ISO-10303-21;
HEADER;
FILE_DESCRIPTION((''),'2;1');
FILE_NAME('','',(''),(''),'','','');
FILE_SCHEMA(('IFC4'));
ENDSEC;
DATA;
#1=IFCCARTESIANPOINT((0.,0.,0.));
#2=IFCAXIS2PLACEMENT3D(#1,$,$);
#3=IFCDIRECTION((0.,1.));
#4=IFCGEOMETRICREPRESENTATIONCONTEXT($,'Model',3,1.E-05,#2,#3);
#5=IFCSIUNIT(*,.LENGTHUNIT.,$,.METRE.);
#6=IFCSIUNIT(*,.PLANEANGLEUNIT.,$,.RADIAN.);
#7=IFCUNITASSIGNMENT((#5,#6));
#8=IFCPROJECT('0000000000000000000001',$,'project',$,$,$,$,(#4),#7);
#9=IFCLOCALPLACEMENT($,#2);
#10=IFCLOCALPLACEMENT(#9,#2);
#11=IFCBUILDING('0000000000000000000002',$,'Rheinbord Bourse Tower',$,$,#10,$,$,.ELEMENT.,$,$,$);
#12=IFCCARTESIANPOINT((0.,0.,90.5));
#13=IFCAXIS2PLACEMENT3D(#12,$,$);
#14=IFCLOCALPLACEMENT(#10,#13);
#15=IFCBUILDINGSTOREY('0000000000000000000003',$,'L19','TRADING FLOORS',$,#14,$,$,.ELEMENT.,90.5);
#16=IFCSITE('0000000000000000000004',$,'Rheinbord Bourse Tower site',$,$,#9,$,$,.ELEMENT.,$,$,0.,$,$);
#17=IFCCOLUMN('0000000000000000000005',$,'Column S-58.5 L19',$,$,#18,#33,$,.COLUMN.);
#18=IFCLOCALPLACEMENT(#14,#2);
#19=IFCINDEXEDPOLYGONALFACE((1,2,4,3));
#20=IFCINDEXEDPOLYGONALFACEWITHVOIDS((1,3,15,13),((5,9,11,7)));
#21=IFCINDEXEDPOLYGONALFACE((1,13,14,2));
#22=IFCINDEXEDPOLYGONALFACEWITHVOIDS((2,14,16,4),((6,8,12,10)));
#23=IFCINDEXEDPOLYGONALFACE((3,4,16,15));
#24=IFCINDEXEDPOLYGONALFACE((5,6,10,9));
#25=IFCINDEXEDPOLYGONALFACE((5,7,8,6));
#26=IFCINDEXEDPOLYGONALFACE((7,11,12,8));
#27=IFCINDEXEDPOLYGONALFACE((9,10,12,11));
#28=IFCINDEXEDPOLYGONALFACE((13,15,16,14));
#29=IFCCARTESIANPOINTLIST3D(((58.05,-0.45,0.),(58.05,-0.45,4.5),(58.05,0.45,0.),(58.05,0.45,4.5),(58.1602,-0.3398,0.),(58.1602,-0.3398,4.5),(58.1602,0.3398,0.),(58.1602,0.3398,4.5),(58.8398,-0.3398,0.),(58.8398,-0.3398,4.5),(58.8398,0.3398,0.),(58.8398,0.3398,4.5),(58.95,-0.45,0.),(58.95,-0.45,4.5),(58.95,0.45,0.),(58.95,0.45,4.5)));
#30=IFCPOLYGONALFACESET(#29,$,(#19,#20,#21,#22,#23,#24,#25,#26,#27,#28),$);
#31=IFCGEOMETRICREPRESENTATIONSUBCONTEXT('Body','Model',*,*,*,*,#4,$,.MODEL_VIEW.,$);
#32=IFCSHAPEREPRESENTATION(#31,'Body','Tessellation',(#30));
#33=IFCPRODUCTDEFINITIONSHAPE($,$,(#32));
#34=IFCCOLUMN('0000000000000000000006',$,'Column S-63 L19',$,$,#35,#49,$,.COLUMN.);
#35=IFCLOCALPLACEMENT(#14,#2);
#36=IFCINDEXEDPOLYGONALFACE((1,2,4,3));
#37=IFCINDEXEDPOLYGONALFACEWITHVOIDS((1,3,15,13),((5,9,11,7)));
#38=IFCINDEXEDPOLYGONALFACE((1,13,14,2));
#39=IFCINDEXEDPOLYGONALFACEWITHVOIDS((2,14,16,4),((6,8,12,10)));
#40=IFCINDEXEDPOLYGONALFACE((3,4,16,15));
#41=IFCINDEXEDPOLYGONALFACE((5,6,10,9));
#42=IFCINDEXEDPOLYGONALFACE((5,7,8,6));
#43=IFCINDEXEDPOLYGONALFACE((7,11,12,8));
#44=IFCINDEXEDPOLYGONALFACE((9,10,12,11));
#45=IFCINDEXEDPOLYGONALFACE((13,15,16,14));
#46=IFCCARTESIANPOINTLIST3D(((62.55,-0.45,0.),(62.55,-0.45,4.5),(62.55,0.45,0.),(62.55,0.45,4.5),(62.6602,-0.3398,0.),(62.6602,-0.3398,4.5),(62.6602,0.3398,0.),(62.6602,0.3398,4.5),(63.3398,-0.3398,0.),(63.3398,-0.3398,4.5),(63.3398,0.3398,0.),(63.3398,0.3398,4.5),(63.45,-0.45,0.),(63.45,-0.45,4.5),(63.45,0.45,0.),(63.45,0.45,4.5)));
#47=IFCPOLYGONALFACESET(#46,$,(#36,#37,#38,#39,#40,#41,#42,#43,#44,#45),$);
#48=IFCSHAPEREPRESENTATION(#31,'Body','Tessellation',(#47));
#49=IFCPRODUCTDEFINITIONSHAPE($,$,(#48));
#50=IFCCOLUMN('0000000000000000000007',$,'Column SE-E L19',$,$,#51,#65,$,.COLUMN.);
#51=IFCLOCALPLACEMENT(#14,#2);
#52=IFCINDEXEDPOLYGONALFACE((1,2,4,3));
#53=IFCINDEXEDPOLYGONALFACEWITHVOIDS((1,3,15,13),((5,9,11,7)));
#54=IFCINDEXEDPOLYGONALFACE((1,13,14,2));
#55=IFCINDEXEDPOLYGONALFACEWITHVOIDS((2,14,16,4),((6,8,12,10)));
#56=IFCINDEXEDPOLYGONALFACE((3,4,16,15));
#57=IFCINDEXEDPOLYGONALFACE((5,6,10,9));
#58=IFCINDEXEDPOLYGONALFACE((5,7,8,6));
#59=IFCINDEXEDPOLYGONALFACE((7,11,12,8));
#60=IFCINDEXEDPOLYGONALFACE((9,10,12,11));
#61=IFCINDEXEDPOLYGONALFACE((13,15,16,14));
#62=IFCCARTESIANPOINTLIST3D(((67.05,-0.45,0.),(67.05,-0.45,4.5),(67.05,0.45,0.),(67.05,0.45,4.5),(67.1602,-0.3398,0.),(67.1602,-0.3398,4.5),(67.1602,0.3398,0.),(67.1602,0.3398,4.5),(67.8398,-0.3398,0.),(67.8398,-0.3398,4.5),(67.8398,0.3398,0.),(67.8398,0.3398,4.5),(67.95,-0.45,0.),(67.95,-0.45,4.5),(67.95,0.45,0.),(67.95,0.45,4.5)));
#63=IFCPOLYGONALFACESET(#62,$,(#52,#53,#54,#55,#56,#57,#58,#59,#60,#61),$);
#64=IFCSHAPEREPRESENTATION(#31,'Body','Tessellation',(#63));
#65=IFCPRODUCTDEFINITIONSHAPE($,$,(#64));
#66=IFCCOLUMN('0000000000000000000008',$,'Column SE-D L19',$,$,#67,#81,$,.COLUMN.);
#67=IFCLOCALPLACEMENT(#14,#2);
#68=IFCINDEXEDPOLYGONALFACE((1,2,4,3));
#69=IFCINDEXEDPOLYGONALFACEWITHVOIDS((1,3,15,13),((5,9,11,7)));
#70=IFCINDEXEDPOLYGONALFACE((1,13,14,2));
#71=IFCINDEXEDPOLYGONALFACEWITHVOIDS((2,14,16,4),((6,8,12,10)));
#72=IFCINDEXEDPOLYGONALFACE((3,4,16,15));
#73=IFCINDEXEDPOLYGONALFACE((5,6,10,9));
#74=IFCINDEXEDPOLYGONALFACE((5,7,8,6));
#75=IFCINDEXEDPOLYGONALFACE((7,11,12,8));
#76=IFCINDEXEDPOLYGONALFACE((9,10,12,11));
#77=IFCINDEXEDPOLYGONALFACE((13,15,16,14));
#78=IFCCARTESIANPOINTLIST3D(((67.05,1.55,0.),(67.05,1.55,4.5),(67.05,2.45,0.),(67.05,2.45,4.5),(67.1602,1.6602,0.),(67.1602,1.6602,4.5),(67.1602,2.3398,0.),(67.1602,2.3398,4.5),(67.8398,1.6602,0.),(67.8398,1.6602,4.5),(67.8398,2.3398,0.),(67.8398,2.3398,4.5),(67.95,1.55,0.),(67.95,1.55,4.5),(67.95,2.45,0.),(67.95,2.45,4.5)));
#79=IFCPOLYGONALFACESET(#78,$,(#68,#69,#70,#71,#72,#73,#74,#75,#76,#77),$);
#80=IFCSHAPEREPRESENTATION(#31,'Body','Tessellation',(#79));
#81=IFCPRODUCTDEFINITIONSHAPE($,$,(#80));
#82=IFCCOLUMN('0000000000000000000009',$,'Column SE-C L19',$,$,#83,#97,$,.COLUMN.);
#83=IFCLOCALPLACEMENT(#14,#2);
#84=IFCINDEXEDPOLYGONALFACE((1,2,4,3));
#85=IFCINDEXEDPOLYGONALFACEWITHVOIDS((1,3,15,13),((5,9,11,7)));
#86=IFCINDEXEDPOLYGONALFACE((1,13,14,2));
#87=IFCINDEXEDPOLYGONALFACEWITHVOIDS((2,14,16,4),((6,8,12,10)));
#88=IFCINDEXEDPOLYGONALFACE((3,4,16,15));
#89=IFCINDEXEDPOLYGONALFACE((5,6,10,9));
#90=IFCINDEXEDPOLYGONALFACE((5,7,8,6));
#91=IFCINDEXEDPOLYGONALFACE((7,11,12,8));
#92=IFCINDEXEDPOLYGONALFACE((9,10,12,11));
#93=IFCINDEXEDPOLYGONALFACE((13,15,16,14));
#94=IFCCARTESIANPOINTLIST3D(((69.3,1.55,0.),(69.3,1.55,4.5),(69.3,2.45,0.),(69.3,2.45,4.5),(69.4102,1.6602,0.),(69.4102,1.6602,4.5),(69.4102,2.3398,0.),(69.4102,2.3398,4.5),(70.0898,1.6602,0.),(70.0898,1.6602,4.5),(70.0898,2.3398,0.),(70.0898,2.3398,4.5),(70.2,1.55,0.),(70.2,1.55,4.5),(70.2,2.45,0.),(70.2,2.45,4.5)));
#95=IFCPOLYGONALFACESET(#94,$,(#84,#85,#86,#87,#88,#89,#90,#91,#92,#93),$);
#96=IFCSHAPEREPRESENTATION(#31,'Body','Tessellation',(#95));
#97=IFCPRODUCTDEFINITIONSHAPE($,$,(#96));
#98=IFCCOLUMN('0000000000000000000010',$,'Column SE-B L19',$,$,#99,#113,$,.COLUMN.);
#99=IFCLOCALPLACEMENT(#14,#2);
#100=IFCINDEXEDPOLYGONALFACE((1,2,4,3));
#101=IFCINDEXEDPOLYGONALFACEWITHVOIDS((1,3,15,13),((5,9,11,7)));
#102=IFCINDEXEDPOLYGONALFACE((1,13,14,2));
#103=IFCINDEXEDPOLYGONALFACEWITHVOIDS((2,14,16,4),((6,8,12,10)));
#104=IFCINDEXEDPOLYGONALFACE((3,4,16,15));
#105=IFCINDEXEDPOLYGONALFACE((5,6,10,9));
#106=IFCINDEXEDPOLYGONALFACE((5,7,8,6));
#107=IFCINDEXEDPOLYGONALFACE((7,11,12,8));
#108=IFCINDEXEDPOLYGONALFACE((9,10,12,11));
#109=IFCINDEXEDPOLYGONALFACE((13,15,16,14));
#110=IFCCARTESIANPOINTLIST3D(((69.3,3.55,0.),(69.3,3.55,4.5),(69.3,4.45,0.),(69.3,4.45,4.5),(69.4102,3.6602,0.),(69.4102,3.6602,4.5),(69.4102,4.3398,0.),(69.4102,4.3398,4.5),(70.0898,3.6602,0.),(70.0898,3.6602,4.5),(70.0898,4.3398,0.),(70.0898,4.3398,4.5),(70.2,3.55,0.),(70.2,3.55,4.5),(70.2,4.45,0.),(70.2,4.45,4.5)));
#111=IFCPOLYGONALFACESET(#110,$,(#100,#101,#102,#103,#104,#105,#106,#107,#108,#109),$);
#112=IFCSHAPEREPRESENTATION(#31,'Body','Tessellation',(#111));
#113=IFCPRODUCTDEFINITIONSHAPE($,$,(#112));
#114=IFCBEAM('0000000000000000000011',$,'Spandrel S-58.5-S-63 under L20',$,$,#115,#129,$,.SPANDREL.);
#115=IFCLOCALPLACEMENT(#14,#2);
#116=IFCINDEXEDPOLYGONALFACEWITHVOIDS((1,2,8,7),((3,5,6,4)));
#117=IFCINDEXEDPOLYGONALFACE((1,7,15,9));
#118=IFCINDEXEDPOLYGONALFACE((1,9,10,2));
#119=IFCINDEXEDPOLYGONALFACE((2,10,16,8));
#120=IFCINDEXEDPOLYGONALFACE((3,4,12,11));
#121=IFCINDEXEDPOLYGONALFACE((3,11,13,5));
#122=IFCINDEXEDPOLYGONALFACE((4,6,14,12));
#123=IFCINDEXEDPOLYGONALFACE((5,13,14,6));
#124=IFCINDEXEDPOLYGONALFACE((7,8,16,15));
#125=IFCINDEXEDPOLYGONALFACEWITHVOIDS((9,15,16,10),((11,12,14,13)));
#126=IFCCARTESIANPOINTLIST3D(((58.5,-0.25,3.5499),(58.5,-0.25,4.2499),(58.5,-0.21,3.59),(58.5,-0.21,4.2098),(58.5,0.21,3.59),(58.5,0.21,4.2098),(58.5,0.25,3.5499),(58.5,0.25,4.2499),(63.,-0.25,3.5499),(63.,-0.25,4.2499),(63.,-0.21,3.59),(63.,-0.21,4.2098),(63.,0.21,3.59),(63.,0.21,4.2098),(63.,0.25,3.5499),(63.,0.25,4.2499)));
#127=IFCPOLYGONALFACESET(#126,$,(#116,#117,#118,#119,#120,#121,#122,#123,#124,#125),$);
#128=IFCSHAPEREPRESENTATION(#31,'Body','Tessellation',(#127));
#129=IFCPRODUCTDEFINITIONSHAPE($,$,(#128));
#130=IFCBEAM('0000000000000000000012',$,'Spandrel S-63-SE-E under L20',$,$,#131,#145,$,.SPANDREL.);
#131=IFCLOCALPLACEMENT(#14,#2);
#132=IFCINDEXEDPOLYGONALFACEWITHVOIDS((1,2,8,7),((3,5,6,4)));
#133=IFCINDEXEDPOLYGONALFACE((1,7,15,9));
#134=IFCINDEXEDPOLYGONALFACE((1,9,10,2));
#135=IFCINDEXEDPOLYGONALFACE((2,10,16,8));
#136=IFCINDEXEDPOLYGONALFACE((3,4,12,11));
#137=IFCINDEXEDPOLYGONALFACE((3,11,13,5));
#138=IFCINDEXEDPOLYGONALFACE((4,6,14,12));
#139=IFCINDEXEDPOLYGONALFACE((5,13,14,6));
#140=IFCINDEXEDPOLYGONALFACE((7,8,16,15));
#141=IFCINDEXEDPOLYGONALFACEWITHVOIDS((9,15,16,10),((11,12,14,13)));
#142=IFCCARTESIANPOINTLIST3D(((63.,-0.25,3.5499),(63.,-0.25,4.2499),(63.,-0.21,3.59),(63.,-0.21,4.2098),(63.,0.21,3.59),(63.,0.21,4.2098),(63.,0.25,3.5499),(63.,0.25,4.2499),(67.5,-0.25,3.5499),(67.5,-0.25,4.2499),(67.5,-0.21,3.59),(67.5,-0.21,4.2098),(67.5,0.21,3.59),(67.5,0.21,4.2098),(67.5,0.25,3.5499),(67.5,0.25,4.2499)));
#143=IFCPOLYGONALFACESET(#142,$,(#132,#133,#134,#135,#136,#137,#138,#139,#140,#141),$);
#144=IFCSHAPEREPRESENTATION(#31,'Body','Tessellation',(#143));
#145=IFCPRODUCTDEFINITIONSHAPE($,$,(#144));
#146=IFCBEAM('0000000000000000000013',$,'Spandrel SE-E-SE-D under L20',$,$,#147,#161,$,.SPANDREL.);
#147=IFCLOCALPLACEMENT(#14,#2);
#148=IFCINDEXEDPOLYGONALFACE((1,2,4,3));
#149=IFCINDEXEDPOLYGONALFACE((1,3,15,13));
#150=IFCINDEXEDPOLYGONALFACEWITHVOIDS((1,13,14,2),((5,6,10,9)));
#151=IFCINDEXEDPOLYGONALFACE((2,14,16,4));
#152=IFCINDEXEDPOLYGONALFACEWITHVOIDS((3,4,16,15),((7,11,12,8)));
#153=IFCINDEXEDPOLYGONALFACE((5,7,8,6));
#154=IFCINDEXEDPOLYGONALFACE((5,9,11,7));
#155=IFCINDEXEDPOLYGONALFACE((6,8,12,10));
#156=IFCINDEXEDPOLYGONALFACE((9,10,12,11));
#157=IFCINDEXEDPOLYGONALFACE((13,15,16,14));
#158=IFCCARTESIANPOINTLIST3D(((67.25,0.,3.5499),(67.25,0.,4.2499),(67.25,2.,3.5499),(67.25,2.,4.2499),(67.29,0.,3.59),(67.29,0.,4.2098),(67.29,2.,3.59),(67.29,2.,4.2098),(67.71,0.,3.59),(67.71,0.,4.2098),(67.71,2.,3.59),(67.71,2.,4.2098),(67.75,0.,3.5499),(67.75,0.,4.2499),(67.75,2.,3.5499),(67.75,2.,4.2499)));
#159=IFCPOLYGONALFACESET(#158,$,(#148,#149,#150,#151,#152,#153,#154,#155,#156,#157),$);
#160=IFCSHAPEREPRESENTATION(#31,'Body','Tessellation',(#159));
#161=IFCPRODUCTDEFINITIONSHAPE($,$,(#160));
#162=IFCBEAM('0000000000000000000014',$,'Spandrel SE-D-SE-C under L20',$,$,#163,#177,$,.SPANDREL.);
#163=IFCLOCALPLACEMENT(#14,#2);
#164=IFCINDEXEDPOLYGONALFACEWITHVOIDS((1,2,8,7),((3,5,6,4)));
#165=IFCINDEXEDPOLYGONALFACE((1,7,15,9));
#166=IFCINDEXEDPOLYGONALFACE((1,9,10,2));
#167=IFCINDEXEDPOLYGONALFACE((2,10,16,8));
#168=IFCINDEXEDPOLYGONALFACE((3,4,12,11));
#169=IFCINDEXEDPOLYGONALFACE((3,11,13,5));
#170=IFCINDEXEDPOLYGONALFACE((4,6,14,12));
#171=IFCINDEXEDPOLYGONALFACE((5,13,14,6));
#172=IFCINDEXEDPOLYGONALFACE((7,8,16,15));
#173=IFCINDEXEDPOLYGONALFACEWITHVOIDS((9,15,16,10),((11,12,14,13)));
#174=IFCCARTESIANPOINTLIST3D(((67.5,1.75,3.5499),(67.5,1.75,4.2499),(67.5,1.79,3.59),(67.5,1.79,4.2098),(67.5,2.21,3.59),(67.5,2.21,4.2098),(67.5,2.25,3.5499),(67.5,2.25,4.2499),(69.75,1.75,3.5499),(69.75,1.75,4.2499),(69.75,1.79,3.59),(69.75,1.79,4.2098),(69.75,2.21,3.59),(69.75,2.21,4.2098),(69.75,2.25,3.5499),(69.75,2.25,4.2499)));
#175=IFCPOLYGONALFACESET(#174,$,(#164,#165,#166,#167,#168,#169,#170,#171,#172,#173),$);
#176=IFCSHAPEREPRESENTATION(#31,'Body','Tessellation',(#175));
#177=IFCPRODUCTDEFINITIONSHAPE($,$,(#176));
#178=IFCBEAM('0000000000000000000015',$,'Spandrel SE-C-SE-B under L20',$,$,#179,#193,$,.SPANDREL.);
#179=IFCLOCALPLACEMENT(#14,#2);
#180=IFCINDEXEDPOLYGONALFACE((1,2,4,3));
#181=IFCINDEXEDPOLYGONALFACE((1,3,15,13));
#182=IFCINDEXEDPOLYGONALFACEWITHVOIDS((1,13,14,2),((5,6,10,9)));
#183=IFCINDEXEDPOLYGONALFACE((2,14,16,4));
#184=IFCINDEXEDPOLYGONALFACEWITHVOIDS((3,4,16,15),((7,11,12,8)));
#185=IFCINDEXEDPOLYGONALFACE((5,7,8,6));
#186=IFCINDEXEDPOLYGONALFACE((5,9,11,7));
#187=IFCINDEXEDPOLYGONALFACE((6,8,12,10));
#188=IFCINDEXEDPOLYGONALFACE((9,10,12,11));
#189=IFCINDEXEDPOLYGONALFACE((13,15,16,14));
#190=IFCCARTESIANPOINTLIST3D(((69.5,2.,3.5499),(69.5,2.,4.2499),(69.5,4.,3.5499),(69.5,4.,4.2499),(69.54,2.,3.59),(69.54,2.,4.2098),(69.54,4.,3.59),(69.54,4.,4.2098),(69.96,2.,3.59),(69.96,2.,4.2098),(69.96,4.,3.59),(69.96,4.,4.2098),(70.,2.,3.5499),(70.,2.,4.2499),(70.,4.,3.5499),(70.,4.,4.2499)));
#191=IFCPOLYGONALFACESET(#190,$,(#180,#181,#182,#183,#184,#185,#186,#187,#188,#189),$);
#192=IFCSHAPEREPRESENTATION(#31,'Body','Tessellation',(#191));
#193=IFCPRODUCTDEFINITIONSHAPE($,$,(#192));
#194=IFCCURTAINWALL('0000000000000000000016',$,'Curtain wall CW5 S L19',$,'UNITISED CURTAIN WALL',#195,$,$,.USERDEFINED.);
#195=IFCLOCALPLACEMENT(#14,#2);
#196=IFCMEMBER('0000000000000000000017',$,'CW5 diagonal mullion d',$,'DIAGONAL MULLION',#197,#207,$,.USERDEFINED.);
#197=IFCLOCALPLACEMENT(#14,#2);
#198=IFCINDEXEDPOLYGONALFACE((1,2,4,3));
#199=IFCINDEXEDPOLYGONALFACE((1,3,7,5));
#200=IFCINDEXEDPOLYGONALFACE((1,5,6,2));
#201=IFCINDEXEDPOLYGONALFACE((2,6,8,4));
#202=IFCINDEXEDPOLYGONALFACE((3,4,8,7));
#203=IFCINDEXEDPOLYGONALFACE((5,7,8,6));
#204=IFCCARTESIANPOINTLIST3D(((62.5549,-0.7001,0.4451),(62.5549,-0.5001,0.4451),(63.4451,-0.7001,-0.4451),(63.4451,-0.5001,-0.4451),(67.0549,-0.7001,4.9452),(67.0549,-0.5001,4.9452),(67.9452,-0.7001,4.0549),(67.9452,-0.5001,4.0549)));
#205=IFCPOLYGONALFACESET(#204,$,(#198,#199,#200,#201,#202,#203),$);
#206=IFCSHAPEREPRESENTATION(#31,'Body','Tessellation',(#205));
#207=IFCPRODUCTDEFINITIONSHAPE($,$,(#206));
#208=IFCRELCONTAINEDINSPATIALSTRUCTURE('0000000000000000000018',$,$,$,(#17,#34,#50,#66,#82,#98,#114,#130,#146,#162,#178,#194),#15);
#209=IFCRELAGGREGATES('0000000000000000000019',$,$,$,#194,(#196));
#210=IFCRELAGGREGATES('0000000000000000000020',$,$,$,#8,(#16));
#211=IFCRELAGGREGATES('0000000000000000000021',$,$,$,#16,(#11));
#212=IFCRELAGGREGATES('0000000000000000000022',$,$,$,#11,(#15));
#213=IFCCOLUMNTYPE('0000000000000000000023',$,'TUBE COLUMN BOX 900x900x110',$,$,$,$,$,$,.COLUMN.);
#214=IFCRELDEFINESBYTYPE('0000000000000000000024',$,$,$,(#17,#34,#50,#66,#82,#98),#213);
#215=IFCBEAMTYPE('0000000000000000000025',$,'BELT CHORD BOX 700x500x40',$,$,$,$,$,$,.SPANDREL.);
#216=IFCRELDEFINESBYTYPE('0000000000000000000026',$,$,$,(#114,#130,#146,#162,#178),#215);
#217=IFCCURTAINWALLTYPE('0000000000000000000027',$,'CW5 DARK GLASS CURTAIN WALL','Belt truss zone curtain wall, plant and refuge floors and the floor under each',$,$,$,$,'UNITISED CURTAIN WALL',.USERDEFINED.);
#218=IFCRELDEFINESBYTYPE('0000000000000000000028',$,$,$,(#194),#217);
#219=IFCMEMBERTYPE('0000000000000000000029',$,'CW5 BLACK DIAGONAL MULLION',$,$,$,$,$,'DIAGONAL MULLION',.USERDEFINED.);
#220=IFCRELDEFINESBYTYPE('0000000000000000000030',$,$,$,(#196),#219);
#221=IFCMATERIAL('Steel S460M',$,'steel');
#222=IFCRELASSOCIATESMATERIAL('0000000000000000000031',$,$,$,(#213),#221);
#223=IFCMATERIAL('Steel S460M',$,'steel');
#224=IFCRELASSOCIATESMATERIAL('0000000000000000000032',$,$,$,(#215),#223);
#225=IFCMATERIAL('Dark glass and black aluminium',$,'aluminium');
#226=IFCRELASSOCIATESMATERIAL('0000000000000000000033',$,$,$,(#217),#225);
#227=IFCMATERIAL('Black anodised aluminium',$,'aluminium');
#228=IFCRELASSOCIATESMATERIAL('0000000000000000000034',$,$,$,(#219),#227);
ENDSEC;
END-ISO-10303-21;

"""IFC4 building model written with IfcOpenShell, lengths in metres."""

from ifc_helpers import new_model, si_unit, direction, frame, origin, origin_2d, place, context, subcontext, project, spatial, rectangle, hollow_rectangle, extrude, material, material_profile, profile_set, type_object, element, aggregate, save


model = new_model("IFC4")

# Units and contexts
model_context = context("Model", 3, precision=1e-05, world=origin(), true_north=direction((0.0, 1.0)))
body_context = subcontext(model_context, "Body", "Model", "MODEL_VIEW")
ifc_project = project(units=[si_unit("LENGTHUNIT", "METRE"), si_unit("PLANEANGLEUNIT", "RADIAN")], contexts=[model_context])

# Site, building, storey
site_placement = place(None, origin())
site = spatial("IfcSite", under=ifc_project, at=site_placement, Name="Rheinbord Bourse Tower site", CompositionType="ELEMENT", RefElevation=0.0)
building_placement = place(site_placement, origin())
building = spatial("IfcBuilding", under=site, at=building_placement, Name="Rheinbord Bourse Tower", CompositionType="ELEMENT")
storey_placement = place(building_placement, frame((0.0, 0.0, 90.5)))
storey = spatial("IfcBuildingStorey", under=building, at=storey_placement, Name="L19", Description="TRADING FLOORS", CompositionType="ELEMENT", Elevation=90.5)

# Columns
ifc_material_1 = material(Name="Steel S460M", Category="steel")
ifc_material_profile_1 = material_profile(ifc_material_1, hollow_rectangle(XDim=0.8999, YDim=0.8999, WallThickness=0.1101, at=origin_2d()), Name="BOX 900x900x110")
ifc_profile_set_1 = profile_set([ifc_material_profile_1], Name="Steel S460M")
column_type = type_object("IfcColumnType", Name="TUBE COLUMN BOX 900x900x110", PredefinedType="COLUMN", material=ifc_profile_set_1)
for number, where, z_axis, x_axis, name in (
    (1, (58.5, 0.0, 0.0), (0.0, 0.0, 1.0), (0.0, 1.0, 0.0), "Column S-58.5 L19"),
    (2, (63.0, 0.0, 0.0), (0.0, 0.0, 1.0), (0.0, 1.0, 0.0), "Column S-63 L19"),
    (3, (67.5, 0.0, 0.0), (0.0, 0.0, 1.0), (0.0, 1.0, 0.0), "Column SE-E L19"),
    (4, (67.5, 2.0, 0.0), (0.0, 0.0, 1.0), (0.0, 1.0, 0.0), "Column SE-D L19"),
    (5, (69.75, 2.0, 0.0), (0.0, 0.0, 1.0), (1.0, 0.0, 0.0), "Column SE-C L19"),
    (6, (69.75, 4.0, 0.0), (0.0, 0.0, 1.0), (1.0, 0.0, 0.0), "Column SE-B L19"),
):
    element("IfcColumn", number, at=place(storey_placement, frame(where, z_axis=z_axis, x_axis=x_axis)), inside=storey, type_object=column_type, Name=name, PredefinedType="COLUMN", context=body_context, shape_type="SweptSolid", body=[
        extrude(hollow_rectangle(XDim=0.8999, YDim=0.8999, WallThickness=0.1101, at=origin_2d()), origin(), (0.0, 0.0, 1.0), 4.5),
    ])

# Beams
ifc_material_2 = material(Name="Steel S460M", Category="steel")
ifc_material_profile_2 = material_profile(ifc_material_2, hollow_rectangle(XDim=0.5, YDim=0.7, WallThickness=0.04, at=origin_2d()), Name="BOX 700x500x40")
ifc_profile_set_2 = profile_set([ifc_material_profile_2], Name="Steel S460M")
beam_type_1 = type_object("IfcBeamType", Name="BELT CHORD BOX 700x500x40", PredefinedType="SPANDREL", material=ifc_profile_set_2)
for number, where, z_axis, x_axis, name in (
    (7, (58.5, 0.0, 3.8999), (1.0, 0.0, 0.0), (0.0, 1.0, 0.0), "Spandrel S-58.5-S-63 under L20"),
    (8, (63.0, 0.0, 3.8999), (1.0, 0.0, 0.0), (0.0, 1.0, 0.0), "Spandrel S-63-SE-E under L20"),
):
    element("IfcBeam", number, at=place(storey_placement, frame(where, z_axis=z_axis, x_axis=x_axis)), inside=storey, type_object=beam_type_1, Name=name, PredefinedType="SPANDREL", context=body_context, shape_type="SweptSolid", body=[
        extrude(hollow_rectangle(XDim=0.5, YDim=0.7, WallThickness=0.04, at=origin_2d()), origin(), (0.0, 0.0, 1.0), 4.5),
    ])
beam_1_placement = place(storey_placement, frame((67.5, 0.0, 3.8999), z_axis=(0.0, 1.0, 0.0), x_axis=(-1.0, 0.0, 0.0)))
element("IfcBeam", 9, at=beam_1_placement, inside=storey, type_object=beam_type_1, Name="Spandrel SE-E-SE-D under L20", PredefinedType="SPANDREL", context=body_context, shape_type="SweptSolid", body=[
    extrude(hollow_rectangle(XDim=0.5, YDim=0.7, WallThickness=0.04, at=origin_2d()), origin(), (0.0, 0.0, 1.0), 2.0),
])
beam_2_placement = place(storey_placement, frame((67.5, 2.0, 3.8999), z_axis=(1.0, 0.0, 0.0), x_axis=(0.0, 1.0, 0.0)))
element("IfcBeam", 10, at=beam_2_placement, inside=storey, type_object=beam_type_1, Name="Spandrel SE-D-SE-C under L20", PredefinedType="SPANDREL", context=body_context, shape_type="SweptSolid", body=[
    extrude(hollow_rectangle(XDim=0.5, YDim=0.7, WallThickness=0.04, at=origin_2d()), origin(), (0.0, 0.0, 1.0), 2.25),
])
beam_3_placement = place(storey_placement, frame((69.75, 2.0, 3.8999), z_axis=(0.0, 1.0, 0.0), x_axis=(-1.0, 0.0, 0.0)))
element("IfcBeam", 11, at=beam_3_placement, inside=storey, type_object=beam_type_1, Name="Spandrel SE-C-SE-B under L20", PredefinedType="SPANDREL", context=body_context, shape_type="SweptSolid", body=[
    extrude(hollow_rectangle(XDim=0.5, YDim=0.7, WallThickness=0.04, at=origin_2d()), origin(), (0.0, 0.0, 1.0), 2.0),
])

# Curtain wall, member
ifc_material_3 = material(Name="Dark glass and black aluminium", Category="aluminium")
curtain_wall_type = type_object("IfcCurtainWallType", Name="CW5 DARK GLASS CURTAIN WALL", Description="Belt truss zone curtain wall, plant and refuge floors and the floor under each", ElementType="UNITISED CURTAIN WALL", PredefinedType="USERDEFINED", material=ifc_material_3)
curtain_wall_1_placement = place(storey_placement, origin())
curtain_wall_1 = element("IfcCurtainWall", 12, at=curtain_wall_1_placement, inside=storey, type_object=curtain_wall_type, Name="Curtain wall CW5 S L19", ObjectType="UNITISED CURTAIN WALL", PredefinedType="USERDEFINED")
ifc_material_4 = material(Name="Black anodised aluminium", Category="aluminium")
ifc_material_profile_3 = material_profile(ifc_material_4, rectangle(XDim=0.2, YDim=1.259, at=origin_2d()), Name="CW5 DIAGONAL MULLION 1259x200")
ifc_profile_set_3 = profile_set([ifc_material_profile_3], Name="Black anodised aluminium")
member_type_1 = type_object("IfcMemberType", Name="CW5 BLACK DIAGONAL MULLION", ElementType="DIAGONAL MULLION", PredefinedType="USERDEFINED", material=ifc_profile_set_3)
member_1_placement = place(storey_placement, frame((63.0, -0.6001, 0.0), z_axis=(0.707107, 0.0, 0.707107), x_axis=(0.0, 1.0, 0.0)))
member_1 = element("IfcMember", 13, at=member_1_placement, type_object=member_type_1, Name="CW5 diagonal mullion d", ObjectType="DIAGONAL MULLION", PredefinedType="USERDEFINED", context=body_context, shape_type="SweptSolid", body=[
    extrude(rectangle(XDim=0.2, YDim=1.259, at=origin_2d()), origin(), (0.0, 0.0, 1.0), 6.364),
])

aggregate(curtain_wall_1, [member_1])

save(model, "model.ifc")
